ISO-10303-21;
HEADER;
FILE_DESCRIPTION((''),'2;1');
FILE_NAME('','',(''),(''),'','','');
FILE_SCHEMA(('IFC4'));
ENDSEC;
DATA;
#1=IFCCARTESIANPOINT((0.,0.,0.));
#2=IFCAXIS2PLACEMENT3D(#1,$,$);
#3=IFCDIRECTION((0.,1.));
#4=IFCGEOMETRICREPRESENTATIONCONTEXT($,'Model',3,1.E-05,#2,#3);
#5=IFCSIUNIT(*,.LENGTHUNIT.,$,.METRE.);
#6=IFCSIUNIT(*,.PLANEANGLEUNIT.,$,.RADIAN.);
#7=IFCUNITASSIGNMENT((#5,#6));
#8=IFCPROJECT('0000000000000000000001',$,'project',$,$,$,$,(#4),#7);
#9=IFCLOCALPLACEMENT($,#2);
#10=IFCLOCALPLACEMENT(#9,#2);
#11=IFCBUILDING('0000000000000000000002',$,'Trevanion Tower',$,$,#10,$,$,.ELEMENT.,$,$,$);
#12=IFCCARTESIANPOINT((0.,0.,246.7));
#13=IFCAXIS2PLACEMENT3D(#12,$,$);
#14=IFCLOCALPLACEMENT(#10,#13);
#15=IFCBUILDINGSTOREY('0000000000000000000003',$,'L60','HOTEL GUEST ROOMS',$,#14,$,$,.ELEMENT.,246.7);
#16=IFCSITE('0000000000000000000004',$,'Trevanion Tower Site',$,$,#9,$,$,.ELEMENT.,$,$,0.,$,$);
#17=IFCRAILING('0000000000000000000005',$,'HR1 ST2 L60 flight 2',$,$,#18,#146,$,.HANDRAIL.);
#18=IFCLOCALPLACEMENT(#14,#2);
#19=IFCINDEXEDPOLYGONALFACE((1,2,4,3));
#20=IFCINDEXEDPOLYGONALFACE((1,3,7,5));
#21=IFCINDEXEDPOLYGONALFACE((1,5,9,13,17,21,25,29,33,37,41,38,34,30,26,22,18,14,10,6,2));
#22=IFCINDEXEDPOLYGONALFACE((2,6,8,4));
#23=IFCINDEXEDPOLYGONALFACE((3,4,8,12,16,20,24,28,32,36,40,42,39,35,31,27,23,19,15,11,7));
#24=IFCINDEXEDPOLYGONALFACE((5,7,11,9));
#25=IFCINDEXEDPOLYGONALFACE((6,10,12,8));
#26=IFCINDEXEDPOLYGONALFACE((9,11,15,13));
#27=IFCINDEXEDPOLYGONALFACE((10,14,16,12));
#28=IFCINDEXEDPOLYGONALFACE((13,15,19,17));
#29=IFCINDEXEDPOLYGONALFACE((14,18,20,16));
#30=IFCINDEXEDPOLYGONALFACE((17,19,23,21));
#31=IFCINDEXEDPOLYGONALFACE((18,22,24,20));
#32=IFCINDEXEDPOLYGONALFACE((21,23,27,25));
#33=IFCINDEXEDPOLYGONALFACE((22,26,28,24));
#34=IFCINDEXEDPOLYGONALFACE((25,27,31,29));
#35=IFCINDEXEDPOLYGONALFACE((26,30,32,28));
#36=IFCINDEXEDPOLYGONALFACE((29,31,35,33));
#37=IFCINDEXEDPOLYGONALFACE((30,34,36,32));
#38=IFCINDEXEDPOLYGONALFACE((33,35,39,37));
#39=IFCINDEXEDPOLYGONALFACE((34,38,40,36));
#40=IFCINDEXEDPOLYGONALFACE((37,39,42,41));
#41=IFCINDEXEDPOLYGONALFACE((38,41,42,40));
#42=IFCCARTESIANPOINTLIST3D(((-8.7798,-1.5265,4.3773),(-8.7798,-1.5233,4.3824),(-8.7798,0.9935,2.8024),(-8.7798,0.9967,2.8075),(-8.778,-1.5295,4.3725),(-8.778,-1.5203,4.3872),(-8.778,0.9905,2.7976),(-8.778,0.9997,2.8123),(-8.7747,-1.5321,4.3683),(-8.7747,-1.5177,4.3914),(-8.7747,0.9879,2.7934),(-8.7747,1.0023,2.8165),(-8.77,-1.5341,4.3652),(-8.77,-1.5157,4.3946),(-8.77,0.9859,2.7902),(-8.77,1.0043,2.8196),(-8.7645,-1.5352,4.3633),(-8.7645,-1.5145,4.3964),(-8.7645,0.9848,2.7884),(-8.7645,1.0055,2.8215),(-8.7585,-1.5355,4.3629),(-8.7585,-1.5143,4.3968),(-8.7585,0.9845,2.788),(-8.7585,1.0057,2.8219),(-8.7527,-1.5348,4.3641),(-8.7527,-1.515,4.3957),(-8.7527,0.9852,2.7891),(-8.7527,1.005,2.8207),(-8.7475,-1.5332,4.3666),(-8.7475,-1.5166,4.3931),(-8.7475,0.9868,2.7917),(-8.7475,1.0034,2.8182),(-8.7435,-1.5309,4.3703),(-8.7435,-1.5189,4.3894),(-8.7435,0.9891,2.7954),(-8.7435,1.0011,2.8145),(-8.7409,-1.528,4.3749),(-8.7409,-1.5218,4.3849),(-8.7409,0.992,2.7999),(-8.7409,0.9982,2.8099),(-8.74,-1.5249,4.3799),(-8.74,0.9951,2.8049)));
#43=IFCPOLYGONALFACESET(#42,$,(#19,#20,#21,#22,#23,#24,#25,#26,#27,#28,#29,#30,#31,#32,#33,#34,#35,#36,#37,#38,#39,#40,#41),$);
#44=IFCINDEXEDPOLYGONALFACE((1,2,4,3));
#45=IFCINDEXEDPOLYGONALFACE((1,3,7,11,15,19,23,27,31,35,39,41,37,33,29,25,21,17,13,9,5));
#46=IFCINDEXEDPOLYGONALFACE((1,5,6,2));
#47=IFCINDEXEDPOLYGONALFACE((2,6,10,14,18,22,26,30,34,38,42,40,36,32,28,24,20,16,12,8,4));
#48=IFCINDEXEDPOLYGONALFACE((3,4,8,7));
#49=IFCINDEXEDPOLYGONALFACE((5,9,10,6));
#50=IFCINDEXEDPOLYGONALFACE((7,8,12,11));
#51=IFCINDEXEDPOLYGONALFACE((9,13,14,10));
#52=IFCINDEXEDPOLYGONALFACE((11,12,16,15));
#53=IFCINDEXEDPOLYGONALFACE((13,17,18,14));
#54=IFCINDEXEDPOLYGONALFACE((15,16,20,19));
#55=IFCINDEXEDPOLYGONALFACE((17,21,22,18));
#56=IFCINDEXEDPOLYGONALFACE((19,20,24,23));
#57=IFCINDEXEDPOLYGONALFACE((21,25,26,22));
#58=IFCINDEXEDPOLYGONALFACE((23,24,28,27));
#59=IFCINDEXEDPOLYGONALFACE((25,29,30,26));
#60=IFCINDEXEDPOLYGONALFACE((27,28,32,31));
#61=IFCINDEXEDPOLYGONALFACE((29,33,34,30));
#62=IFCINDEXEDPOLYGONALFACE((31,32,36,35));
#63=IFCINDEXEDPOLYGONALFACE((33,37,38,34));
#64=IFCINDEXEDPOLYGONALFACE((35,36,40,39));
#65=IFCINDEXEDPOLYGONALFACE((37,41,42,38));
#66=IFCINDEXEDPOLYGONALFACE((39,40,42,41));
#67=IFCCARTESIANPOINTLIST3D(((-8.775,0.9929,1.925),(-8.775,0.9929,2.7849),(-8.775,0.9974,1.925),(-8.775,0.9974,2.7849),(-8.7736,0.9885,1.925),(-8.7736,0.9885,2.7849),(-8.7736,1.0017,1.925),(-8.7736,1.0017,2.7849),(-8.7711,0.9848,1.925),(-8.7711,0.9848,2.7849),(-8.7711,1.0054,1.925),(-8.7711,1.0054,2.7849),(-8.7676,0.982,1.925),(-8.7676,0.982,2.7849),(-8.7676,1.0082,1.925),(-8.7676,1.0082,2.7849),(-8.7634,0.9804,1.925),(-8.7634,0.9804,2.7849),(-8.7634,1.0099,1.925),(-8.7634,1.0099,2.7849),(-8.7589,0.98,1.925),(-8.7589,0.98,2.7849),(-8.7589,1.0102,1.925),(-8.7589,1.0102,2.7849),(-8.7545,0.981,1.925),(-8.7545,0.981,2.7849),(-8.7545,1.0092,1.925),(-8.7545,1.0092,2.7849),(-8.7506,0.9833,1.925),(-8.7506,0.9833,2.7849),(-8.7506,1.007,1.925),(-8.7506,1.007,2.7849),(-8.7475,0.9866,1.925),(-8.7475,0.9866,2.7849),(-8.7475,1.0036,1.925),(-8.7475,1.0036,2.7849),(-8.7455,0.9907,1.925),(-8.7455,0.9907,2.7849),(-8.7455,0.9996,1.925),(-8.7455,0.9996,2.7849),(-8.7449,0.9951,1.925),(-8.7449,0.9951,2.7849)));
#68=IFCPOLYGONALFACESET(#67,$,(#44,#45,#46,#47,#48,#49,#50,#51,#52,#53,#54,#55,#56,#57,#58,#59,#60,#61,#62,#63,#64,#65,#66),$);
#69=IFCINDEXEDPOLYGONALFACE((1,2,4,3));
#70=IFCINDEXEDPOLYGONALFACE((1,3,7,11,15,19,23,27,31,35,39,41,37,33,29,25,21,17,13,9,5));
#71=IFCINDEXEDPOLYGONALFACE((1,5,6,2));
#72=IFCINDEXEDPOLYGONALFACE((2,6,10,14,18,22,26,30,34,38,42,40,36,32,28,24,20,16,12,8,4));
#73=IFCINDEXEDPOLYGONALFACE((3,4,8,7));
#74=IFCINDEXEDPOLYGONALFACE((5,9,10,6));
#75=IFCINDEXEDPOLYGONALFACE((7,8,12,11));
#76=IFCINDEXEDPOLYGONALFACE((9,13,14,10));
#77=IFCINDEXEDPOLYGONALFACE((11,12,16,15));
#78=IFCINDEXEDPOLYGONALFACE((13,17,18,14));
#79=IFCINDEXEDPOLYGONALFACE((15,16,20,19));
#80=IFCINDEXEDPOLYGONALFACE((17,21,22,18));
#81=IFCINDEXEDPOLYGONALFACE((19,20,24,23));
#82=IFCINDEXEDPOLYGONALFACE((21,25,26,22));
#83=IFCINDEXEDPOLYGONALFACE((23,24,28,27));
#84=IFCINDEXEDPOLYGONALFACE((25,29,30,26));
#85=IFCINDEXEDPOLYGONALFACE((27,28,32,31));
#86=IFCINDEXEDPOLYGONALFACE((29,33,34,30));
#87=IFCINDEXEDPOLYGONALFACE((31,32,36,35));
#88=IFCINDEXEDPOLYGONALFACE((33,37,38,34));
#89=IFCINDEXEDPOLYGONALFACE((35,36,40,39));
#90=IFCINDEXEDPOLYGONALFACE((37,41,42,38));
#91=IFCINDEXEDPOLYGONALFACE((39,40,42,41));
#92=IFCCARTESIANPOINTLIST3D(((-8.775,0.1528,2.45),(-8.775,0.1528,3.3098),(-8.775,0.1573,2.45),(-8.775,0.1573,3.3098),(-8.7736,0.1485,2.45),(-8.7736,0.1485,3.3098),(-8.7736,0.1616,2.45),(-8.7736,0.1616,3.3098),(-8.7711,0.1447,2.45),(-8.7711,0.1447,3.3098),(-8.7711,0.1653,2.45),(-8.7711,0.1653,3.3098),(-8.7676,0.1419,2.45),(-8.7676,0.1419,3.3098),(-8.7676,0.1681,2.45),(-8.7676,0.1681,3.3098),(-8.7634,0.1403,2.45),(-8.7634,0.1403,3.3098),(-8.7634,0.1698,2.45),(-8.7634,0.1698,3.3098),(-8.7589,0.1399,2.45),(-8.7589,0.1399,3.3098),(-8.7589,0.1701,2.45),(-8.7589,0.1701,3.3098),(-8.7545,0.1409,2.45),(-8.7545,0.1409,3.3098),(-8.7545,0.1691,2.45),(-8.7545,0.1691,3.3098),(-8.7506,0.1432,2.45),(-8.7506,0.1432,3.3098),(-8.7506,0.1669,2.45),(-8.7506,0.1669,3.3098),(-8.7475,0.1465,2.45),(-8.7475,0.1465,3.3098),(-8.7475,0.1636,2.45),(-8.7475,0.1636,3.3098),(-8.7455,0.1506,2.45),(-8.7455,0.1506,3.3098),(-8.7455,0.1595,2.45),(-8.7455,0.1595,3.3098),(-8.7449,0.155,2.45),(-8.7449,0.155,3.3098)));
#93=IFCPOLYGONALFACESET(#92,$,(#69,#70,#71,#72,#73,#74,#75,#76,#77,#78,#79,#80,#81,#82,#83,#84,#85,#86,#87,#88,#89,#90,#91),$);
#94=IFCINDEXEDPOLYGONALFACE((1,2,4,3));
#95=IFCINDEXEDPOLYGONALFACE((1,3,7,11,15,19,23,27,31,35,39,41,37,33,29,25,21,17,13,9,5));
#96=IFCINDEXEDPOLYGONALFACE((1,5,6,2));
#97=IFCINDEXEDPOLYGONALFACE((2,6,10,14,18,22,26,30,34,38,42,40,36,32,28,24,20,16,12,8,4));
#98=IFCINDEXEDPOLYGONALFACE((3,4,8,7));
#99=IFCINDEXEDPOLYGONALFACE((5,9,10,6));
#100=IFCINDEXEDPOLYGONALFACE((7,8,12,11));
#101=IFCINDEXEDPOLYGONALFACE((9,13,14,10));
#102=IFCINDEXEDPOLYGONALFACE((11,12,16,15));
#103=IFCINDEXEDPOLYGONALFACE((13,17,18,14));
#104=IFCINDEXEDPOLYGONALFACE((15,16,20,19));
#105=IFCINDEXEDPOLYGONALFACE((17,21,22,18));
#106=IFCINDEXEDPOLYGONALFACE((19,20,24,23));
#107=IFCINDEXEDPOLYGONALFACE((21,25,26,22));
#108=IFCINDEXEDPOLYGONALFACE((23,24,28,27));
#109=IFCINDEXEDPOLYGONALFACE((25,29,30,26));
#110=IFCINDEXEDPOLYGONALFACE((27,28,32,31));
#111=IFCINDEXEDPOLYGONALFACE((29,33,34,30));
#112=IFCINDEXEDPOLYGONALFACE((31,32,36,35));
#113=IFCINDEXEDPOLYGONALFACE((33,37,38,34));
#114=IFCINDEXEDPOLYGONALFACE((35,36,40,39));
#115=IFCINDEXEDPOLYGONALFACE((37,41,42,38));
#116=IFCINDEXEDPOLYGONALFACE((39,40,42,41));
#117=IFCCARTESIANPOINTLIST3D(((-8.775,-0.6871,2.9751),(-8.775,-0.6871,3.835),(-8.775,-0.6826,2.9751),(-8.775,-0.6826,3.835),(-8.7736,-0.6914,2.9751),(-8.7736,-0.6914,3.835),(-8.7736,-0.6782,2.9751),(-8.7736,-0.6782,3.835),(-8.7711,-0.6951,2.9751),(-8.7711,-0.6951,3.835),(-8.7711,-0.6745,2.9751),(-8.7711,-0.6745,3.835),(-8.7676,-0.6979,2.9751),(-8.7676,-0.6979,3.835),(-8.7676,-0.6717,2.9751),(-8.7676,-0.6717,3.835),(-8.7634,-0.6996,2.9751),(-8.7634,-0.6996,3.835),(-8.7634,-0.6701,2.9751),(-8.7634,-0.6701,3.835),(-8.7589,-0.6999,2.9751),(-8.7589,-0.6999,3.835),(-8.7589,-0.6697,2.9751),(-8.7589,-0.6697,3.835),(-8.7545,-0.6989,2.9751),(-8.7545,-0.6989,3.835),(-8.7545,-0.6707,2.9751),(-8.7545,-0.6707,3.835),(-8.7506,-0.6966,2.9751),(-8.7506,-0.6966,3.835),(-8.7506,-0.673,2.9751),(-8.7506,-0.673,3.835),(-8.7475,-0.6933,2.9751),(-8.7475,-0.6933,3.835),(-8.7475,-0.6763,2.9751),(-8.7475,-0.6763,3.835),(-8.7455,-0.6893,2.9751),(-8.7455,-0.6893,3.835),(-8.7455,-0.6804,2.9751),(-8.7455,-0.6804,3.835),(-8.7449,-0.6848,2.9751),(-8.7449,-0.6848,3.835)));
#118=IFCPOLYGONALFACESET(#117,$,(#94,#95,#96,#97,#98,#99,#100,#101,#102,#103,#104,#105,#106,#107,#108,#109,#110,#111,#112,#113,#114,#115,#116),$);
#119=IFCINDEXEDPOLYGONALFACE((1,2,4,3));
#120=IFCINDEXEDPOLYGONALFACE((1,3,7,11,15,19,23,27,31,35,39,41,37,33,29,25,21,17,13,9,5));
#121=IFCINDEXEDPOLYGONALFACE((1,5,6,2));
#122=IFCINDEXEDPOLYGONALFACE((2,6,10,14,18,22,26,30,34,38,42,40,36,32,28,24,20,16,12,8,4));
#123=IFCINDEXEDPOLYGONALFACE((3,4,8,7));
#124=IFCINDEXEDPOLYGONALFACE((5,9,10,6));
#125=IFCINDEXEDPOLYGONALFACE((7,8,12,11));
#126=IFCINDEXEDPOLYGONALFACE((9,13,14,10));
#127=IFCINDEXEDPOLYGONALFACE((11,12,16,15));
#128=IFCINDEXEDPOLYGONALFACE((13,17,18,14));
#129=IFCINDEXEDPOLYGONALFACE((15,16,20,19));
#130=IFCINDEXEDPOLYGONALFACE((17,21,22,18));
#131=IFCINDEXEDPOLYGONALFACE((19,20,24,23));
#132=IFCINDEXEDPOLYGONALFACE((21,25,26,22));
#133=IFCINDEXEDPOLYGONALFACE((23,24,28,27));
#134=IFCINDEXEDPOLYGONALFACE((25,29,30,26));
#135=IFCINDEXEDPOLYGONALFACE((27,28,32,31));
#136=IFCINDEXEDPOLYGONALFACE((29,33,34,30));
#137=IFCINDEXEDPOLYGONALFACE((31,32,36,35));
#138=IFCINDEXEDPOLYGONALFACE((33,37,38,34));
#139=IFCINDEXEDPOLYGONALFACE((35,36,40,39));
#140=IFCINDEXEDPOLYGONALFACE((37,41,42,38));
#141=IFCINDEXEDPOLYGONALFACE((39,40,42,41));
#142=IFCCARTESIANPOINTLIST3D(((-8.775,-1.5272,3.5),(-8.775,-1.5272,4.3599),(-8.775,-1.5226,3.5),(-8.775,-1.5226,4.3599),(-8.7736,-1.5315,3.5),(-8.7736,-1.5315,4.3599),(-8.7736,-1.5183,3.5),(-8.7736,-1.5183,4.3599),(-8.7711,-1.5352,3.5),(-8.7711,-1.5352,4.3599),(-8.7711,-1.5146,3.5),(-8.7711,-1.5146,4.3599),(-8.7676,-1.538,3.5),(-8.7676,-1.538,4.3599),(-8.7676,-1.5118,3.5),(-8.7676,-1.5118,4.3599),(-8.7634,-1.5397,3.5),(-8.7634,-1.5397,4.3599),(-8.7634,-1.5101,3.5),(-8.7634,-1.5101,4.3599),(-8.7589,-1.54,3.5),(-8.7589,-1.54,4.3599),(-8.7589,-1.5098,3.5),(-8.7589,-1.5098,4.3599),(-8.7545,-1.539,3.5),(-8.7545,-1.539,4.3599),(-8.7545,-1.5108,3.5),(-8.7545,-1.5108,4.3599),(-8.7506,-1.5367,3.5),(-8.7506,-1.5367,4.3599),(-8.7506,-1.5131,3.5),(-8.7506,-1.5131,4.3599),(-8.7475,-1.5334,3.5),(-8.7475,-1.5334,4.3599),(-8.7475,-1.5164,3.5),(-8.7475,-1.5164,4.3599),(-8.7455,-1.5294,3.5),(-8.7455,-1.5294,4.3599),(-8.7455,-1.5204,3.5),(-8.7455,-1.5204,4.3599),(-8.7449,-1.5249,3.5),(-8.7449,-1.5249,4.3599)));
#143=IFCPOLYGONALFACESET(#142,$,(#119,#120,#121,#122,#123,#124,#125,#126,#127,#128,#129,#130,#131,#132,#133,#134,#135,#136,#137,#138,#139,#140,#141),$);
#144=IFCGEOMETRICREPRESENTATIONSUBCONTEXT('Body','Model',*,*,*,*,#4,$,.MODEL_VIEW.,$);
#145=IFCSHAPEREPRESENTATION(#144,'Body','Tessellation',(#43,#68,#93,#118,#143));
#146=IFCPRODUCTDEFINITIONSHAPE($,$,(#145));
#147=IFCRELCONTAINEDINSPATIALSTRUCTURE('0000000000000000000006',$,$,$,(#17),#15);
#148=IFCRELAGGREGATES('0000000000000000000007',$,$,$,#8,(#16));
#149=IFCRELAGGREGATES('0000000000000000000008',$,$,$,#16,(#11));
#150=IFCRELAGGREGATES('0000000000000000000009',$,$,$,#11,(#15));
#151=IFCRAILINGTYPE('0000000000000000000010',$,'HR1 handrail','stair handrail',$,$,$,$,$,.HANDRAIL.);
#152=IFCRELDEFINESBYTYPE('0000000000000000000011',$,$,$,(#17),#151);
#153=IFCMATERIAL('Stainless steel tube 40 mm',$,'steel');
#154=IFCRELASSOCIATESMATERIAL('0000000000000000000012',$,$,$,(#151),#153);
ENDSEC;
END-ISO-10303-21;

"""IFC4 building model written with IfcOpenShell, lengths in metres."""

from ifc_helpers import new_model, si_unit, direction, frame, origin, origin_2d, place, context, subcontext, project, spatial, circle, extrude, material, type_object, element, save


model = new_model("IFC4")

# Units and contexts
model_context = context("Model", 3, precision=1e-05, world=origin(), true_north=direction((0.0, 1.0)))
body_context = subcontext(model_context, "Body", "Model", "MODEL_VIEW")
ifc_project = project(units=[si_unit("LENGTHUNIT", "METRE"), si_unit("PLANEANGLEUNIT", "RADIAN")], contexts=[model_context])

# Site, building, storey
site_placement = place(None, origin())
site = spatial("IfcSite", under=ifc_project, at=site_placement, Name="Trevanion Tower Site", CompositionType="ELEMENT", RefElevation=0.0)
building_placement = place(site_placement, origin())
building = spatial("IfcBuilding", under=site, at=building_placement, Name="Trevanion Tower", CompositionType="ELEMENT")
storey_placement = place(building_placement, frame((0.0, 0.0, 246.7)))
storey = spatial("IfcBuildingStorey", under=building, at=storey_placement, Name="L60", Description="HOTEL GUEST ROOMS", CompositionType="ELEMENT", Elevation=246.7)

# Railing
ifc_material_1 = material(Name="Stainless steel tube 40 mm", Category="steel")
railing_type = type_object("IfcRailingType", Name="HR1 handrail", Description="stair handrail", PredefinedType="HANDRAIL", material=ifc_material_1)
for number, where, name in (
    (1, (-8.76, 0.9951, 1.925), "HR1 ST2 L60 flight 2"),
):
    element("IfcRailing", number, at=place(storey_placement, frame(where)), inside=storey, type_object=railing_type, Name=name, PredefinedType="HANDRAIL", context=body_context, shape_type="SweptSolid", body=[
        extrude(circle(Radius=0.02, at=origin_2d()), frame((0.0, 0.0, 0.8799), z_axis=(0.0, -0.848008, 0.529984), x_axis=(1.0, 0.0, 0.0)), (0.0, 0.0, 1.0), 2.9717),
        extrude(circle(Radius=0.0151, at=origin_2d()), origin(), (0.0, 0.0, 1.0), 0.8599),
        extrude(circle(Radius=0.0151, at=origin_2d()), frame((0.0, -0.8401, 0.5249)), (0.0, 0.0, 1.0), 0.8599),
        extrude(circle(Radius=0.0151, at=origin_2d()), frame((0.0, -1.6799, 1.05)), (0.0, 0.0, 1.0), 0.8599),
        extrude(circle(Radius=0.0151, at=origin_2d()), frame((0.0, -2.52, 1.575)), (0.0, 0.0, 1.0), 0.8599),
    ])

save(model, "model.ifc")
